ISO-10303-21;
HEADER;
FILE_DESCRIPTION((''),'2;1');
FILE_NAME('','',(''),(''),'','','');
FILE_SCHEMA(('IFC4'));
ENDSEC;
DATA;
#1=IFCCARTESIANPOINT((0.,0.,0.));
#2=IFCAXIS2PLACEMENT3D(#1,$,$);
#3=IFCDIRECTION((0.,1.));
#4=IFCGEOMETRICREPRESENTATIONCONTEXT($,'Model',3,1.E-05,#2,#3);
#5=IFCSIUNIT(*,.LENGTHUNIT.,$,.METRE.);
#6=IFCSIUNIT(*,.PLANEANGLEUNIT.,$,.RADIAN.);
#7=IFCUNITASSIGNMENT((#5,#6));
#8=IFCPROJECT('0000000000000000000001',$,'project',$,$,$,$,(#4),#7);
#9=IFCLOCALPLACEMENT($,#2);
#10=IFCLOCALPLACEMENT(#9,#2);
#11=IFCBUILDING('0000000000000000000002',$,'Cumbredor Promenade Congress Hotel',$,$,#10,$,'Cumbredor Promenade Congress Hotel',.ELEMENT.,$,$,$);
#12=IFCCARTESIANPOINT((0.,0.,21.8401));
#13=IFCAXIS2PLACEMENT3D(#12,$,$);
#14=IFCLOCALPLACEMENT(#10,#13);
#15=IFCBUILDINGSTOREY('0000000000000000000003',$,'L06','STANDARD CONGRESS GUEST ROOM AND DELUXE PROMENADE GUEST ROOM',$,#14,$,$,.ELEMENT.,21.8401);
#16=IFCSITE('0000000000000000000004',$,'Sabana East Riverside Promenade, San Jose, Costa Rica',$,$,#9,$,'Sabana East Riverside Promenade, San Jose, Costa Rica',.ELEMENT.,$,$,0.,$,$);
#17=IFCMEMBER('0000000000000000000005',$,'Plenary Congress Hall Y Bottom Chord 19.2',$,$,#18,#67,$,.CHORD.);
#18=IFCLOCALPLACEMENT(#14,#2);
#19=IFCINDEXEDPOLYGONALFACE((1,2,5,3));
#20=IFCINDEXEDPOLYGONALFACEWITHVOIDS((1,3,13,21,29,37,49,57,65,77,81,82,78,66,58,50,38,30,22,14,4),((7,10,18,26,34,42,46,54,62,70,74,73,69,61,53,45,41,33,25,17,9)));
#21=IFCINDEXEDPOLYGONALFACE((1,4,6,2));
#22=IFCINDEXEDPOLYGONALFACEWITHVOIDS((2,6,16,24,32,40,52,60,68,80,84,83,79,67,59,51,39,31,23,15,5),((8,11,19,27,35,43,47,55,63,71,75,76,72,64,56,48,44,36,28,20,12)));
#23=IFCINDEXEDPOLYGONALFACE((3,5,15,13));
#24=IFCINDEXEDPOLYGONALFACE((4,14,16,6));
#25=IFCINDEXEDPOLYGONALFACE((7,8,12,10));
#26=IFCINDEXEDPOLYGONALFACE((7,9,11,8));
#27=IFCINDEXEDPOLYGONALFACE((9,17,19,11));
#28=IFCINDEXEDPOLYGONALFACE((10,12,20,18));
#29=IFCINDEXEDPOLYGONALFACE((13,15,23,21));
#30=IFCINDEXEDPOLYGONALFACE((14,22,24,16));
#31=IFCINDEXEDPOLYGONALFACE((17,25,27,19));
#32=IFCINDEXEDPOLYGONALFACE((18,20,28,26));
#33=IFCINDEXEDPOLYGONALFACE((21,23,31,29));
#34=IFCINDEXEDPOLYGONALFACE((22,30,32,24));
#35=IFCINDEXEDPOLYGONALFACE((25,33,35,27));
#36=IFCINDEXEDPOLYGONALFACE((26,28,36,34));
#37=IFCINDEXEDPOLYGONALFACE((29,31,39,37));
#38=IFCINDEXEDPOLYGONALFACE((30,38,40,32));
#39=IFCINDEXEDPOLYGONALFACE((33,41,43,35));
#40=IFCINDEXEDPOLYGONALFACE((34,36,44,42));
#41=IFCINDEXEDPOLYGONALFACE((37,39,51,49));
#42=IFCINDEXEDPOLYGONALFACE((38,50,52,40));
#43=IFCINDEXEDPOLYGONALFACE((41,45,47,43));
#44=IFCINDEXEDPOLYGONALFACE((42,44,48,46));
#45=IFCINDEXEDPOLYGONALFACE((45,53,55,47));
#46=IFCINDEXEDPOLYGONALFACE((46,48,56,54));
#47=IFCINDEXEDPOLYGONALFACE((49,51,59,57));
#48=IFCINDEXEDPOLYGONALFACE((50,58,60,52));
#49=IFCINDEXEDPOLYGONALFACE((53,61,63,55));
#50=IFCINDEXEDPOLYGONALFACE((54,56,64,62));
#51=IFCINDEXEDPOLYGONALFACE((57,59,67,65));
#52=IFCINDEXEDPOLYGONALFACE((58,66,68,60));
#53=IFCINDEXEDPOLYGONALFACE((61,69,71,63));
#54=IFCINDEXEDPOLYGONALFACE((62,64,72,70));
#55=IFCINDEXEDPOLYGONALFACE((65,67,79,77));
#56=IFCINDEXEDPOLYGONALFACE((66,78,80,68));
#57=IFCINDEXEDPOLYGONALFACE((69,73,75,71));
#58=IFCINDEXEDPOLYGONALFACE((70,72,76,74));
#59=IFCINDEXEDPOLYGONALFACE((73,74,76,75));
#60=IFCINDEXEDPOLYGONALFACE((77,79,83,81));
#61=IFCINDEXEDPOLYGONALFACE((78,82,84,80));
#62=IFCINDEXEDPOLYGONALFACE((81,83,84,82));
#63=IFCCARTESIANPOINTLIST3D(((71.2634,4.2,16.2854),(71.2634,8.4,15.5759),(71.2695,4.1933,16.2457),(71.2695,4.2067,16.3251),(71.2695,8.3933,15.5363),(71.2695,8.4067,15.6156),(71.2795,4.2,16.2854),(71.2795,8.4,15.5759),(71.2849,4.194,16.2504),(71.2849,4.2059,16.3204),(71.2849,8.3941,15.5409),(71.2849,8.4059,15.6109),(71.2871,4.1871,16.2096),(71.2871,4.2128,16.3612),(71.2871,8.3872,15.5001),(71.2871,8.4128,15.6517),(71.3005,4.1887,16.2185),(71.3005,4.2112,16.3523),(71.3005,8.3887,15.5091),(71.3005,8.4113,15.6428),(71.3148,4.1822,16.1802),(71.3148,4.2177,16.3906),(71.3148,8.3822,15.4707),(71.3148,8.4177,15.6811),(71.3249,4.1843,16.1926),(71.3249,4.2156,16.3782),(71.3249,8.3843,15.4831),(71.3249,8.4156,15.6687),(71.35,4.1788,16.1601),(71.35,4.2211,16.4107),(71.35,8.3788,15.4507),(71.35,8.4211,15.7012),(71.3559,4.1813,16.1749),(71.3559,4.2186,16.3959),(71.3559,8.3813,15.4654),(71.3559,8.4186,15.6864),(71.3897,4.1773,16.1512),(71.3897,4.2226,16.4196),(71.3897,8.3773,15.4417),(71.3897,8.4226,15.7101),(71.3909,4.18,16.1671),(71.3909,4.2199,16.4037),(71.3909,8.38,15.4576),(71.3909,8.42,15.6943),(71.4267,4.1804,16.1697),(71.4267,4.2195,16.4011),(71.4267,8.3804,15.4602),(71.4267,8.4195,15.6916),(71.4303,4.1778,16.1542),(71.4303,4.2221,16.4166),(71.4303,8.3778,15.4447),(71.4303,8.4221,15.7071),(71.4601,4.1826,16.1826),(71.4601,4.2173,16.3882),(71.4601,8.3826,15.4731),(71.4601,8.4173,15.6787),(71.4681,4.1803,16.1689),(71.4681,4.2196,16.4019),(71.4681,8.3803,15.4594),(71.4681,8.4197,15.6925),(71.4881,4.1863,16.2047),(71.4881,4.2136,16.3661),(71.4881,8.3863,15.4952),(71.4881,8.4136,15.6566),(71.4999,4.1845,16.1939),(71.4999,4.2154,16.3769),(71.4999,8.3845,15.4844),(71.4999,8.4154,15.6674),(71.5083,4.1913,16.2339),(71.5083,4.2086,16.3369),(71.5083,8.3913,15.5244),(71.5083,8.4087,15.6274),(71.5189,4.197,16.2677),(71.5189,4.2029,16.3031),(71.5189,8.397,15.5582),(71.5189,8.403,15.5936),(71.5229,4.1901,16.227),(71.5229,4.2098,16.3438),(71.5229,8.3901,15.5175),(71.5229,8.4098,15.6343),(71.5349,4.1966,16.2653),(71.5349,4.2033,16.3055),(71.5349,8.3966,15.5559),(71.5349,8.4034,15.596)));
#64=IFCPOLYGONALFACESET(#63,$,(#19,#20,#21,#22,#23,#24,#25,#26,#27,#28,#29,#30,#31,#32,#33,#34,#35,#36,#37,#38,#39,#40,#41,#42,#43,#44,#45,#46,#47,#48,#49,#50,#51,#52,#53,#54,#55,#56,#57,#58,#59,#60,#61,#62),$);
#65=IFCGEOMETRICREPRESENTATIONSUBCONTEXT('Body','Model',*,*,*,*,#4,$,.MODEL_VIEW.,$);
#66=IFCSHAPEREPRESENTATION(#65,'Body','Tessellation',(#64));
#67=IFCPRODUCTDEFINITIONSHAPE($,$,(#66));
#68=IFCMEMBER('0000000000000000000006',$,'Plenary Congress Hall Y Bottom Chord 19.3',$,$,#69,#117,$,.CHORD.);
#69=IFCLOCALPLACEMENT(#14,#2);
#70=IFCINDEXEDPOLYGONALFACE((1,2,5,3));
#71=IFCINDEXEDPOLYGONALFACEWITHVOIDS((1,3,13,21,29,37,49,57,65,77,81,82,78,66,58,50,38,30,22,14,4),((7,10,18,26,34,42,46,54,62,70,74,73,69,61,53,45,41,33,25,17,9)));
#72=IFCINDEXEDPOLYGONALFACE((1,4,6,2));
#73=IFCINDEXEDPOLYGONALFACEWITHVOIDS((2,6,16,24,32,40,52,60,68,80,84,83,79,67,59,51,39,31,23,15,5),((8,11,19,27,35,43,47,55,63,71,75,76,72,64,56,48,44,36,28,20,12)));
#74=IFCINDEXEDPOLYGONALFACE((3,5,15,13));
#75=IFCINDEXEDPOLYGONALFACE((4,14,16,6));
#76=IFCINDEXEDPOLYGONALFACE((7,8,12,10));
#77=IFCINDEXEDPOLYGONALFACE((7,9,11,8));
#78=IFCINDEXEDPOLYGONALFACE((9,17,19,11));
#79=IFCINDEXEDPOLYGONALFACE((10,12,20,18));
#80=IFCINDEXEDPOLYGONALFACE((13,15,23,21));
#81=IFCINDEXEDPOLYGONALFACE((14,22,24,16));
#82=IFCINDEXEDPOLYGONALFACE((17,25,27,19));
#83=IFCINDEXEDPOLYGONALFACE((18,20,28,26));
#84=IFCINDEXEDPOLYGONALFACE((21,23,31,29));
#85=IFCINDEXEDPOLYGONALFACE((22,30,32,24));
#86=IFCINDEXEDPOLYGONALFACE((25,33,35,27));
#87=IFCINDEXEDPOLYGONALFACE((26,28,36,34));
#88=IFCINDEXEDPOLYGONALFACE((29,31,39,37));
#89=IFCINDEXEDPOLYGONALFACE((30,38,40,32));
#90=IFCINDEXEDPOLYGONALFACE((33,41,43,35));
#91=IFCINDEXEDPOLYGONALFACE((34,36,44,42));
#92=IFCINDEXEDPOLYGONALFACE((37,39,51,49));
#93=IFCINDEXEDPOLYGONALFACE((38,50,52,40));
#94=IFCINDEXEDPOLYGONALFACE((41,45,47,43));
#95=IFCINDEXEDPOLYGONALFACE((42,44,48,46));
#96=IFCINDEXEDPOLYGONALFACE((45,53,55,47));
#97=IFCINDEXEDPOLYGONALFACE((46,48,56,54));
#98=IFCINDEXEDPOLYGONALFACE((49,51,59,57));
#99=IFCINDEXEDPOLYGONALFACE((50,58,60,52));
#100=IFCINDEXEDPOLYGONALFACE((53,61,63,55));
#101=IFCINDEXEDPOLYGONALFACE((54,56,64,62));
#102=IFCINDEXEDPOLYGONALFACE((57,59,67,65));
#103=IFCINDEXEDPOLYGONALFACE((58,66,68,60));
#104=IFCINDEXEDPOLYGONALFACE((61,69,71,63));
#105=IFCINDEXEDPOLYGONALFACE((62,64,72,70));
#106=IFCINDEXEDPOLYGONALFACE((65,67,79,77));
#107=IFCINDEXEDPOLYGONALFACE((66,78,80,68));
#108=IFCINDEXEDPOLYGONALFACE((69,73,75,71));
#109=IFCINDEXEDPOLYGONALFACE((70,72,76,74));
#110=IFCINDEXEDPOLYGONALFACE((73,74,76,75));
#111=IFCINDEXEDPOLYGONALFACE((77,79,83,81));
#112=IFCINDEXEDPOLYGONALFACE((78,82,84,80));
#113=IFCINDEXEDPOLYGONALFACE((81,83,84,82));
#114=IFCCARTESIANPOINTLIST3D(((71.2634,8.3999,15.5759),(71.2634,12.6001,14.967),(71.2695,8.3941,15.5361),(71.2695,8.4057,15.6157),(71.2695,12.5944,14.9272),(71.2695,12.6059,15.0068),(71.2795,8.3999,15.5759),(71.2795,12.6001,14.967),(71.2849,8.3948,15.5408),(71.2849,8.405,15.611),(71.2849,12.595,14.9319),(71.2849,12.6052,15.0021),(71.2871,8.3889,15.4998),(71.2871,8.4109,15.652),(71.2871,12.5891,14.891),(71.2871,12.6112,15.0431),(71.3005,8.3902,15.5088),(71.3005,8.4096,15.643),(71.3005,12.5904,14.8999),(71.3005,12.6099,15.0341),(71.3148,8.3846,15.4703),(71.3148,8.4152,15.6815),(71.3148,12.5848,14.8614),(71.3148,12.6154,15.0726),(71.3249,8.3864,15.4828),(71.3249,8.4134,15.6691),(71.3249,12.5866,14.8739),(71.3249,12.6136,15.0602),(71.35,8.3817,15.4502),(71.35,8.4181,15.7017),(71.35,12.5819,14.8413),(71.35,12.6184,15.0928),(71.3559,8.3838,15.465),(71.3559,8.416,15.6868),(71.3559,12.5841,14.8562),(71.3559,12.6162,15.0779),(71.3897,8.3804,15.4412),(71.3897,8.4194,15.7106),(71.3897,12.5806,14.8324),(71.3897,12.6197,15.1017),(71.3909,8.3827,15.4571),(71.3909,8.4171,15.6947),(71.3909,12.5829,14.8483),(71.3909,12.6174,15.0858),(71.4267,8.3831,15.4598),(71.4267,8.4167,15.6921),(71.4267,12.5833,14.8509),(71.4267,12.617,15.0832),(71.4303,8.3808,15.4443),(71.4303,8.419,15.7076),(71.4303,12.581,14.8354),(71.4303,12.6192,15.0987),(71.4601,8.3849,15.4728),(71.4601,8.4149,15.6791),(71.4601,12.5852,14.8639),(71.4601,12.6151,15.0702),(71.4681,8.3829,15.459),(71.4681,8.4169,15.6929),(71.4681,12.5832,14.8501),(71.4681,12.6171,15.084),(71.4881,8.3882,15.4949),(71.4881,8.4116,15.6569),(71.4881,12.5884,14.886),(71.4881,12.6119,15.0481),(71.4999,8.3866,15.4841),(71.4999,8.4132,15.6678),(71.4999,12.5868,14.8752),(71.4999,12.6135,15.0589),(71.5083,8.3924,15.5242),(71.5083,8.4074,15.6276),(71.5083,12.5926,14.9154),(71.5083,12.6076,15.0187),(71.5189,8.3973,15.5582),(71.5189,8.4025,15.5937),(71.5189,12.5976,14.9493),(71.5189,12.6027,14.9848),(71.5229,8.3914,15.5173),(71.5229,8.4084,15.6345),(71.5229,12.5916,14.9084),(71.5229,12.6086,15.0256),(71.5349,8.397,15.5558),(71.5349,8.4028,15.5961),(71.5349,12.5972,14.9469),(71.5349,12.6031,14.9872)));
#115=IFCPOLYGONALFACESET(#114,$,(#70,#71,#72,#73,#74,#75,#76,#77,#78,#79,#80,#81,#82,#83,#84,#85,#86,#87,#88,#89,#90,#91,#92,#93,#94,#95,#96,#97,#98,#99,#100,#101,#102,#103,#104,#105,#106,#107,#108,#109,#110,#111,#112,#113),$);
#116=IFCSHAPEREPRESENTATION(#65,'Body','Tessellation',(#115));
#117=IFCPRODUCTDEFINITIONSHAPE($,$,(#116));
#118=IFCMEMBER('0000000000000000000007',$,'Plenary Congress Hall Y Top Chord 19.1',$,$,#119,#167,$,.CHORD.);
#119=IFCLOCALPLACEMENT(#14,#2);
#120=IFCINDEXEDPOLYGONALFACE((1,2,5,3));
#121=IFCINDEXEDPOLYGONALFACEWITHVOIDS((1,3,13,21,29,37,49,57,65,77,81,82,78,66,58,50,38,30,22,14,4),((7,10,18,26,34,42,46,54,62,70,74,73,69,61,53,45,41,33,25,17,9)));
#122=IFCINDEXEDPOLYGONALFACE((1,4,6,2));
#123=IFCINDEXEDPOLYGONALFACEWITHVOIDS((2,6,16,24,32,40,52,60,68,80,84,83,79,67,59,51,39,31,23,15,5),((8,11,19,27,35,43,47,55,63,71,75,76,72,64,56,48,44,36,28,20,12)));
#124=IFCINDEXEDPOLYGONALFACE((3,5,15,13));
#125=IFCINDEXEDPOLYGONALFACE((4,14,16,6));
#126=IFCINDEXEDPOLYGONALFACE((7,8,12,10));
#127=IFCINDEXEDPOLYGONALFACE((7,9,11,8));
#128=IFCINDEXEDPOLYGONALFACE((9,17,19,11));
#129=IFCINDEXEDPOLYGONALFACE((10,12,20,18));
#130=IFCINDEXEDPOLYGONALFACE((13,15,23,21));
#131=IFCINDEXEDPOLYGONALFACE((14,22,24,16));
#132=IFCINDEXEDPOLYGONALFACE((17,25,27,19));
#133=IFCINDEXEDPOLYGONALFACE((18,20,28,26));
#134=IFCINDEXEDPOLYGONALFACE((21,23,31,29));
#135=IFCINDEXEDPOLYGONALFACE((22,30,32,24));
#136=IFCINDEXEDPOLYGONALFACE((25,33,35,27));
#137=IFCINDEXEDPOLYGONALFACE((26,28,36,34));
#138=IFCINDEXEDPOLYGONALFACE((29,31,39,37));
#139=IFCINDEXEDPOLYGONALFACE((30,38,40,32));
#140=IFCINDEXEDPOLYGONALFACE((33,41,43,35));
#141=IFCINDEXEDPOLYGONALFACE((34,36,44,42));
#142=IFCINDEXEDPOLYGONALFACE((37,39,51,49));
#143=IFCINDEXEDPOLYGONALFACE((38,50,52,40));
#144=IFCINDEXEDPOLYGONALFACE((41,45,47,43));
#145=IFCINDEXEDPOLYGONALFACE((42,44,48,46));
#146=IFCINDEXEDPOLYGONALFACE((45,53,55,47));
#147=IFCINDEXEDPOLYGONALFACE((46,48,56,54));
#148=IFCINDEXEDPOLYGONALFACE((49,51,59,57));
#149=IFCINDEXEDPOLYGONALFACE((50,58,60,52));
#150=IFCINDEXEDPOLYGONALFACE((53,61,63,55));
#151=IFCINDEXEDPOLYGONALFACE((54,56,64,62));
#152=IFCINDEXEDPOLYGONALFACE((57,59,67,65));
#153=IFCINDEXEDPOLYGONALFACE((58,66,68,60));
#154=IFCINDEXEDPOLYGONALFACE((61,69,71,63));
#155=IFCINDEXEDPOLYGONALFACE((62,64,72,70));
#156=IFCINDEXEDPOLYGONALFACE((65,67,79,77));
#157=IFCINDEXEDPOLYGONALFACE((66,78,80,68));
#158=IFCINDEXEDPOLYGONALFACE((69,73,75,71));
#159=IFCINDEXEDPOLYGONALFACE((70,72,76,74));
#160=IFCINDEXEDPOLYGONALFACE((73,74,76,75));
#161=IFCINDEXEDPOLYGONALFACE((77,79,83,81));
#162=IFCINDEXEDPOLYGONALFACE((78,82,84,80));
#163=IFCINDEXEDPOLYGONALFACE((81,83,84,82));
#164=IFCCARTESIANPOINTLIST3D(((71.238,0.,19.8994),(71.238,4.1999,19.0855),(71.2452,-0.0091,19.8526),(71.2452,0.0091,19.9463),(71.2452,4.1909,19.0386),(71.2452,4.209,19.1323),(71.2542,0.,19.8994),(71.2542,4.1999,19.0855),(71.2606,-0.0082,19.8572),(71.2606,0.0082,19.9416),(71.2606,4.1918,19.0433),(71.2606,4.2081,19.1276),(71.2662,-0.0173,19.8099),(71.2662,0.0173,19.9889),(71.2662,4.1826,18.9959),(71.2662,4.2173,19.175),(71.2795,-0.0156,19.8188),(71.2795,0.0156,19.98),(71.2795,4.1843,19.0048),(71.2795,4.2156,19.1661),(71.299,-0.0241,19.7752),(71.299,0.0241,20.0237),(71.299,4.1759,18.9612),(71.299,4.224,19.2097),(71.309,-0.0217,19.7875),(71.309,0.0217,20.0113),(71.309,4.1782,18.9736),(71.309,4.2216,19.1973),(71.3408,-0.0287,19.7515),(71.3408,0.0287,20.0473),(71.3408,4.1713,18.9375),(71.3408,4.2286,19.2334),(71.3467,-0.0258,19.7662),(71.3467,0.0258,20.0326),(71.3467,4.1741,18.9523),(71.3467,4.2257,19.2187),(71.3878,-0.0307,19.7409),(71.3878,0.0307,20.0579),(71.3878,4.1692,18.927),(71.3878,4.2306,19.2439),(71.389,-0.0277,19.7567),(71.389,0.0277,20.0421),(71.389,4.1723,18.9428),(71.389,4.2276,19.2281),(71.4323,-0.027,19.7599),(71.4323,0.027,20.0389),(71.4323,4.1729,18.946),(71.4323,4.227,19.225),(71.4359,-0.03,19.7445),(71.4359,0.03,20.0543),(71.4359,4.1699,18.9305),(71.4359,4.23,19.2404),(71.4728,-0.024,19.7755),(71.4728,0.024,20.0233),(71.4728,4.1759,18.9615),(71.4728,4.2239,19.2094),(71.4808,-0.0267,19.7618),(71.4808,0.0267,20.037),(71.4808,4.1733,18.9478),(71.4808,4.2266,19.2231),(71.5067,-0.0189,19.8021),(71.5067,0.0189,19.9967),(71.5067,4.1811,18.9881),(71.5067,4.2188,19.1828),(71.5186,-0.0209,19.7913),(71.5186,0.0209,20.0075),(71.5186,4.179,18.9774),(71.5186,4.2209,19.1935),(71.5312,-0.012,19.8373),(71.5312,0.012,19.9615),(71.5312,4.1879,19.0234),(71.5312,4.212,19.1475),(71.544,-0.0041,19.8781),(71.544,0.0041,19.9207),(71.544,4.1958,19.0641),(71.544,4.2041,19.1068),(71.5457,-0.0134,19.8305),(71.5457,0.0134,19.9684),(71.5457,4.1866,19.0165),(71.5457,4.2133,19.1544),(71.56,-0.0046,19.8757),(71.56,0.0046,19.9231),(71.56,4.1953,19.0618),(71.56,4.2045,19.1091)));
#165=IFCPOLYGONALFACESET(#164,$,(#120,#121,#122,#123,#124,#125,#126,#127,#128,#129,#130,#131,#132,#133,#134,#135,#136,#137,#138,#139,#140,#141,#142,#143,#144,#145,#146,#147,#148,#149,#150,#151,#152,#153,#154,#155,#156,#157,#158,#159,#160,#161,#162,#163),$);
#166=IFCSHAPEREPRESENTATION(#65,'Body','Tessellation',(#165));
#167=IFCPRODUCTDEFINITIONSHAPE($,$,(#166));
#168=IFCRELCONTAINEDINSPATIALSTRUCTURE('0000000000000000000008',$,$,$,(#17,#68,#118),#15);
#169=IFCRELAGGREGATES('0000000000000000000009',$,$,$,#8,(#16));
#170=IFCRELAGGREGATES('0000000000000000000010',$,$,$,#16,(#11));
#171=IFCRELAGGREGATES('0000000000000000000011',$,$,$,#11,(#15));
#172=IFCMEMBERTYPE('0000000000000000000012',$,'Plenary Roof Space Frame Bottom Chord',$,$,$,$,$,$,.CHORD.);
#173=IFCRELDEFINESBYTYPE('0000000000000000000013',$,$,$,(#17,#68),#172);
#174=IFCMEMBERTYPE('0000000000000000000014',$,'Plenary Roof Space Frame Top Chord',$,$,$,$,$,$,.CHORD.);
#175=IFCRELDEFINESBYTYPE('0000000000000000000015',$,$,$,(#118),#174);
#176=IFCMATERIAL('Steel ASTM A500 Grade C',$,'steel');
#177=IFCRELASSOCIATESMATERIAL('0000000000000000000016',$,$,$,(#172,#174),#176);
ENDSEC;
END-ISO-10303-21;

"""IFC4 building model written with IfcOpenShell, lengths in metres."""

from ifc_helpers import new_model, si_unit, direction, frame, origin, origin_2d, place, context, subcontext, project, spatial, hollow_circle, extrude, material, material_profile, profile_set, type_object, element, save


model = new_model("IFC4")

# Units and contexts
model_context = context("Model", 3, precision=1e-05, world=origin(), true_north=direction((0.0, 1.0)))
body_context = subcontext(model_context, "Body", "Model", "MODEL_VIEW")
ifc_project = project(units=[si_unit("LENGTHUNIT", "METRE"), si_unit("PLANEANGLEUNIT", "RADIAN")], contexts=[model_context])

# Site, building, storey
site_placement = place(None, origin())
site = spatial("IfcSite", under=ifc_project, at=site_placement, Name="Sabana East Riverside Promenade, San Jose, Costa Rica", LongName="Sabana East Riverside Promenade, San Jose, Costa Rica", CompositionType="ELEMENT", RefElevation=0.0)
building_placement = place(site_placement, origin())
building = spatial("IfcBuilding", under=site, at=building_placement, Name="Cumbredor Promenade Congress Hotel", LongName="Cumbredor Promenade Congress Hotel", CompositionType="ELEMENT")
storey_placement = place(building_placement, frame((0.0, 0.0, 21.8401)))
storey = spatial("IfcBuildingStorey", under=building, at=storey_placement, Name="L06", Description="STANDARD CONGRESS GUEST ROOM AND DELUXE PROMENADE GUEST ROOM", CompositionType="ELEMENT", Elevation=21.8401)

# Members
ifc_material_1 = material(Name="Steel ASTM A500 Grade C", Category="steel")
ifc_material_profile_1 = material_profile(ifc_material_1, hollow_circle(Radius=0.1365, WallThickness=0.0161, at=origin_2d()), Name="CHS 273.0x16")
ifc_profile_set_1 = profile_set([ifc_material_profile_1], Name="Steel ASTM A500 Grade C")
member_type_1 = type_object("IfcMemberType", Name="Plenary Roof Space Frame Bottom Chord", PredefinedType="CHORD", material=ifc_profile_set_1)
member_1_placement = place(storey_placement, frame((71.3999, 4.2, 16.2854), z_axis=(0.0, 0.986031, -0.166564), x_axis=(-1.0, 0.0, 0.0)))
element("IfcMember", 1, at=member_1_placement, inside=storey, type_object=member_type_1, Name="Plenary Congress Hall Y Bottom Chord 19.2", PredefinedType="CHORD", context=body_context, shape_type="SweptSolid", body=[
    extrude(hollow_circle(Radius=0.1365, WallThickness=0.0161, at=origin_2d()), origin(), (0.0, 0.0, 1.0), 4.2595),
])
member_2_placement = place(storey_placement, frame((71.3999, 8.3999, 15.5759), z_axis=(0.0, 0.989655, -0.143467), x_axis=(-1.0, 0.0, 0.0)))
element("IfcMember", 2, at=member_2_placement, inside=storey, type_object=member_type_1, Name="Plenary Congress Hall Y Bottom Chord 19.3", PredefinedType="CHORD", context=body_context, shape_type="SweptSolid", body=[
    extrude(hollow_circle(Radius=0.1365, WallThickness=0.0161, at=origin_2d()), origin(), (0.0, 0.0, 1.0), 4.2441),
])
ifc_material_profile_2 = material_profile(ifc_material_1, hollow_circle(Radius=0.1619, WallThickness=0.0161, at=origin_2d()), Name="CHS 323.9x16")
ifc_profile_set_2 = profile_set([ifc_material_profile_2], Name="Steel ASTM A500 Grade C")
member_type_2 = type_object("IfcMemberType", Name="Plenary Roof Space Frame Top Chord", PredefinedType="CHORD", material=ifc_profile_set_2)
member_3_placement = place(storey_placement, frame((71.3999, 0.0, 19.8994), z_axis=(0.0, 0.981733, -0.190263), x_axis=(-1.0, 0.0, 0.0)))
element("IfcMember", 3, at=member_3_placement, inside=storey, type_object=member_type_2, Name="Plenary Congress Hall Y Top Chord 19.1", PredefinedType="CHORD", context=body_context, shape_type="SweptSolid", body=[
    extrude(hollow_circle(Radius=0.1619, WallThickness=0.0161, at=origin_2d()), origin(), (0.0, 0.0, 1.0), 4.2781),
])

save(model, "model.ifc")
